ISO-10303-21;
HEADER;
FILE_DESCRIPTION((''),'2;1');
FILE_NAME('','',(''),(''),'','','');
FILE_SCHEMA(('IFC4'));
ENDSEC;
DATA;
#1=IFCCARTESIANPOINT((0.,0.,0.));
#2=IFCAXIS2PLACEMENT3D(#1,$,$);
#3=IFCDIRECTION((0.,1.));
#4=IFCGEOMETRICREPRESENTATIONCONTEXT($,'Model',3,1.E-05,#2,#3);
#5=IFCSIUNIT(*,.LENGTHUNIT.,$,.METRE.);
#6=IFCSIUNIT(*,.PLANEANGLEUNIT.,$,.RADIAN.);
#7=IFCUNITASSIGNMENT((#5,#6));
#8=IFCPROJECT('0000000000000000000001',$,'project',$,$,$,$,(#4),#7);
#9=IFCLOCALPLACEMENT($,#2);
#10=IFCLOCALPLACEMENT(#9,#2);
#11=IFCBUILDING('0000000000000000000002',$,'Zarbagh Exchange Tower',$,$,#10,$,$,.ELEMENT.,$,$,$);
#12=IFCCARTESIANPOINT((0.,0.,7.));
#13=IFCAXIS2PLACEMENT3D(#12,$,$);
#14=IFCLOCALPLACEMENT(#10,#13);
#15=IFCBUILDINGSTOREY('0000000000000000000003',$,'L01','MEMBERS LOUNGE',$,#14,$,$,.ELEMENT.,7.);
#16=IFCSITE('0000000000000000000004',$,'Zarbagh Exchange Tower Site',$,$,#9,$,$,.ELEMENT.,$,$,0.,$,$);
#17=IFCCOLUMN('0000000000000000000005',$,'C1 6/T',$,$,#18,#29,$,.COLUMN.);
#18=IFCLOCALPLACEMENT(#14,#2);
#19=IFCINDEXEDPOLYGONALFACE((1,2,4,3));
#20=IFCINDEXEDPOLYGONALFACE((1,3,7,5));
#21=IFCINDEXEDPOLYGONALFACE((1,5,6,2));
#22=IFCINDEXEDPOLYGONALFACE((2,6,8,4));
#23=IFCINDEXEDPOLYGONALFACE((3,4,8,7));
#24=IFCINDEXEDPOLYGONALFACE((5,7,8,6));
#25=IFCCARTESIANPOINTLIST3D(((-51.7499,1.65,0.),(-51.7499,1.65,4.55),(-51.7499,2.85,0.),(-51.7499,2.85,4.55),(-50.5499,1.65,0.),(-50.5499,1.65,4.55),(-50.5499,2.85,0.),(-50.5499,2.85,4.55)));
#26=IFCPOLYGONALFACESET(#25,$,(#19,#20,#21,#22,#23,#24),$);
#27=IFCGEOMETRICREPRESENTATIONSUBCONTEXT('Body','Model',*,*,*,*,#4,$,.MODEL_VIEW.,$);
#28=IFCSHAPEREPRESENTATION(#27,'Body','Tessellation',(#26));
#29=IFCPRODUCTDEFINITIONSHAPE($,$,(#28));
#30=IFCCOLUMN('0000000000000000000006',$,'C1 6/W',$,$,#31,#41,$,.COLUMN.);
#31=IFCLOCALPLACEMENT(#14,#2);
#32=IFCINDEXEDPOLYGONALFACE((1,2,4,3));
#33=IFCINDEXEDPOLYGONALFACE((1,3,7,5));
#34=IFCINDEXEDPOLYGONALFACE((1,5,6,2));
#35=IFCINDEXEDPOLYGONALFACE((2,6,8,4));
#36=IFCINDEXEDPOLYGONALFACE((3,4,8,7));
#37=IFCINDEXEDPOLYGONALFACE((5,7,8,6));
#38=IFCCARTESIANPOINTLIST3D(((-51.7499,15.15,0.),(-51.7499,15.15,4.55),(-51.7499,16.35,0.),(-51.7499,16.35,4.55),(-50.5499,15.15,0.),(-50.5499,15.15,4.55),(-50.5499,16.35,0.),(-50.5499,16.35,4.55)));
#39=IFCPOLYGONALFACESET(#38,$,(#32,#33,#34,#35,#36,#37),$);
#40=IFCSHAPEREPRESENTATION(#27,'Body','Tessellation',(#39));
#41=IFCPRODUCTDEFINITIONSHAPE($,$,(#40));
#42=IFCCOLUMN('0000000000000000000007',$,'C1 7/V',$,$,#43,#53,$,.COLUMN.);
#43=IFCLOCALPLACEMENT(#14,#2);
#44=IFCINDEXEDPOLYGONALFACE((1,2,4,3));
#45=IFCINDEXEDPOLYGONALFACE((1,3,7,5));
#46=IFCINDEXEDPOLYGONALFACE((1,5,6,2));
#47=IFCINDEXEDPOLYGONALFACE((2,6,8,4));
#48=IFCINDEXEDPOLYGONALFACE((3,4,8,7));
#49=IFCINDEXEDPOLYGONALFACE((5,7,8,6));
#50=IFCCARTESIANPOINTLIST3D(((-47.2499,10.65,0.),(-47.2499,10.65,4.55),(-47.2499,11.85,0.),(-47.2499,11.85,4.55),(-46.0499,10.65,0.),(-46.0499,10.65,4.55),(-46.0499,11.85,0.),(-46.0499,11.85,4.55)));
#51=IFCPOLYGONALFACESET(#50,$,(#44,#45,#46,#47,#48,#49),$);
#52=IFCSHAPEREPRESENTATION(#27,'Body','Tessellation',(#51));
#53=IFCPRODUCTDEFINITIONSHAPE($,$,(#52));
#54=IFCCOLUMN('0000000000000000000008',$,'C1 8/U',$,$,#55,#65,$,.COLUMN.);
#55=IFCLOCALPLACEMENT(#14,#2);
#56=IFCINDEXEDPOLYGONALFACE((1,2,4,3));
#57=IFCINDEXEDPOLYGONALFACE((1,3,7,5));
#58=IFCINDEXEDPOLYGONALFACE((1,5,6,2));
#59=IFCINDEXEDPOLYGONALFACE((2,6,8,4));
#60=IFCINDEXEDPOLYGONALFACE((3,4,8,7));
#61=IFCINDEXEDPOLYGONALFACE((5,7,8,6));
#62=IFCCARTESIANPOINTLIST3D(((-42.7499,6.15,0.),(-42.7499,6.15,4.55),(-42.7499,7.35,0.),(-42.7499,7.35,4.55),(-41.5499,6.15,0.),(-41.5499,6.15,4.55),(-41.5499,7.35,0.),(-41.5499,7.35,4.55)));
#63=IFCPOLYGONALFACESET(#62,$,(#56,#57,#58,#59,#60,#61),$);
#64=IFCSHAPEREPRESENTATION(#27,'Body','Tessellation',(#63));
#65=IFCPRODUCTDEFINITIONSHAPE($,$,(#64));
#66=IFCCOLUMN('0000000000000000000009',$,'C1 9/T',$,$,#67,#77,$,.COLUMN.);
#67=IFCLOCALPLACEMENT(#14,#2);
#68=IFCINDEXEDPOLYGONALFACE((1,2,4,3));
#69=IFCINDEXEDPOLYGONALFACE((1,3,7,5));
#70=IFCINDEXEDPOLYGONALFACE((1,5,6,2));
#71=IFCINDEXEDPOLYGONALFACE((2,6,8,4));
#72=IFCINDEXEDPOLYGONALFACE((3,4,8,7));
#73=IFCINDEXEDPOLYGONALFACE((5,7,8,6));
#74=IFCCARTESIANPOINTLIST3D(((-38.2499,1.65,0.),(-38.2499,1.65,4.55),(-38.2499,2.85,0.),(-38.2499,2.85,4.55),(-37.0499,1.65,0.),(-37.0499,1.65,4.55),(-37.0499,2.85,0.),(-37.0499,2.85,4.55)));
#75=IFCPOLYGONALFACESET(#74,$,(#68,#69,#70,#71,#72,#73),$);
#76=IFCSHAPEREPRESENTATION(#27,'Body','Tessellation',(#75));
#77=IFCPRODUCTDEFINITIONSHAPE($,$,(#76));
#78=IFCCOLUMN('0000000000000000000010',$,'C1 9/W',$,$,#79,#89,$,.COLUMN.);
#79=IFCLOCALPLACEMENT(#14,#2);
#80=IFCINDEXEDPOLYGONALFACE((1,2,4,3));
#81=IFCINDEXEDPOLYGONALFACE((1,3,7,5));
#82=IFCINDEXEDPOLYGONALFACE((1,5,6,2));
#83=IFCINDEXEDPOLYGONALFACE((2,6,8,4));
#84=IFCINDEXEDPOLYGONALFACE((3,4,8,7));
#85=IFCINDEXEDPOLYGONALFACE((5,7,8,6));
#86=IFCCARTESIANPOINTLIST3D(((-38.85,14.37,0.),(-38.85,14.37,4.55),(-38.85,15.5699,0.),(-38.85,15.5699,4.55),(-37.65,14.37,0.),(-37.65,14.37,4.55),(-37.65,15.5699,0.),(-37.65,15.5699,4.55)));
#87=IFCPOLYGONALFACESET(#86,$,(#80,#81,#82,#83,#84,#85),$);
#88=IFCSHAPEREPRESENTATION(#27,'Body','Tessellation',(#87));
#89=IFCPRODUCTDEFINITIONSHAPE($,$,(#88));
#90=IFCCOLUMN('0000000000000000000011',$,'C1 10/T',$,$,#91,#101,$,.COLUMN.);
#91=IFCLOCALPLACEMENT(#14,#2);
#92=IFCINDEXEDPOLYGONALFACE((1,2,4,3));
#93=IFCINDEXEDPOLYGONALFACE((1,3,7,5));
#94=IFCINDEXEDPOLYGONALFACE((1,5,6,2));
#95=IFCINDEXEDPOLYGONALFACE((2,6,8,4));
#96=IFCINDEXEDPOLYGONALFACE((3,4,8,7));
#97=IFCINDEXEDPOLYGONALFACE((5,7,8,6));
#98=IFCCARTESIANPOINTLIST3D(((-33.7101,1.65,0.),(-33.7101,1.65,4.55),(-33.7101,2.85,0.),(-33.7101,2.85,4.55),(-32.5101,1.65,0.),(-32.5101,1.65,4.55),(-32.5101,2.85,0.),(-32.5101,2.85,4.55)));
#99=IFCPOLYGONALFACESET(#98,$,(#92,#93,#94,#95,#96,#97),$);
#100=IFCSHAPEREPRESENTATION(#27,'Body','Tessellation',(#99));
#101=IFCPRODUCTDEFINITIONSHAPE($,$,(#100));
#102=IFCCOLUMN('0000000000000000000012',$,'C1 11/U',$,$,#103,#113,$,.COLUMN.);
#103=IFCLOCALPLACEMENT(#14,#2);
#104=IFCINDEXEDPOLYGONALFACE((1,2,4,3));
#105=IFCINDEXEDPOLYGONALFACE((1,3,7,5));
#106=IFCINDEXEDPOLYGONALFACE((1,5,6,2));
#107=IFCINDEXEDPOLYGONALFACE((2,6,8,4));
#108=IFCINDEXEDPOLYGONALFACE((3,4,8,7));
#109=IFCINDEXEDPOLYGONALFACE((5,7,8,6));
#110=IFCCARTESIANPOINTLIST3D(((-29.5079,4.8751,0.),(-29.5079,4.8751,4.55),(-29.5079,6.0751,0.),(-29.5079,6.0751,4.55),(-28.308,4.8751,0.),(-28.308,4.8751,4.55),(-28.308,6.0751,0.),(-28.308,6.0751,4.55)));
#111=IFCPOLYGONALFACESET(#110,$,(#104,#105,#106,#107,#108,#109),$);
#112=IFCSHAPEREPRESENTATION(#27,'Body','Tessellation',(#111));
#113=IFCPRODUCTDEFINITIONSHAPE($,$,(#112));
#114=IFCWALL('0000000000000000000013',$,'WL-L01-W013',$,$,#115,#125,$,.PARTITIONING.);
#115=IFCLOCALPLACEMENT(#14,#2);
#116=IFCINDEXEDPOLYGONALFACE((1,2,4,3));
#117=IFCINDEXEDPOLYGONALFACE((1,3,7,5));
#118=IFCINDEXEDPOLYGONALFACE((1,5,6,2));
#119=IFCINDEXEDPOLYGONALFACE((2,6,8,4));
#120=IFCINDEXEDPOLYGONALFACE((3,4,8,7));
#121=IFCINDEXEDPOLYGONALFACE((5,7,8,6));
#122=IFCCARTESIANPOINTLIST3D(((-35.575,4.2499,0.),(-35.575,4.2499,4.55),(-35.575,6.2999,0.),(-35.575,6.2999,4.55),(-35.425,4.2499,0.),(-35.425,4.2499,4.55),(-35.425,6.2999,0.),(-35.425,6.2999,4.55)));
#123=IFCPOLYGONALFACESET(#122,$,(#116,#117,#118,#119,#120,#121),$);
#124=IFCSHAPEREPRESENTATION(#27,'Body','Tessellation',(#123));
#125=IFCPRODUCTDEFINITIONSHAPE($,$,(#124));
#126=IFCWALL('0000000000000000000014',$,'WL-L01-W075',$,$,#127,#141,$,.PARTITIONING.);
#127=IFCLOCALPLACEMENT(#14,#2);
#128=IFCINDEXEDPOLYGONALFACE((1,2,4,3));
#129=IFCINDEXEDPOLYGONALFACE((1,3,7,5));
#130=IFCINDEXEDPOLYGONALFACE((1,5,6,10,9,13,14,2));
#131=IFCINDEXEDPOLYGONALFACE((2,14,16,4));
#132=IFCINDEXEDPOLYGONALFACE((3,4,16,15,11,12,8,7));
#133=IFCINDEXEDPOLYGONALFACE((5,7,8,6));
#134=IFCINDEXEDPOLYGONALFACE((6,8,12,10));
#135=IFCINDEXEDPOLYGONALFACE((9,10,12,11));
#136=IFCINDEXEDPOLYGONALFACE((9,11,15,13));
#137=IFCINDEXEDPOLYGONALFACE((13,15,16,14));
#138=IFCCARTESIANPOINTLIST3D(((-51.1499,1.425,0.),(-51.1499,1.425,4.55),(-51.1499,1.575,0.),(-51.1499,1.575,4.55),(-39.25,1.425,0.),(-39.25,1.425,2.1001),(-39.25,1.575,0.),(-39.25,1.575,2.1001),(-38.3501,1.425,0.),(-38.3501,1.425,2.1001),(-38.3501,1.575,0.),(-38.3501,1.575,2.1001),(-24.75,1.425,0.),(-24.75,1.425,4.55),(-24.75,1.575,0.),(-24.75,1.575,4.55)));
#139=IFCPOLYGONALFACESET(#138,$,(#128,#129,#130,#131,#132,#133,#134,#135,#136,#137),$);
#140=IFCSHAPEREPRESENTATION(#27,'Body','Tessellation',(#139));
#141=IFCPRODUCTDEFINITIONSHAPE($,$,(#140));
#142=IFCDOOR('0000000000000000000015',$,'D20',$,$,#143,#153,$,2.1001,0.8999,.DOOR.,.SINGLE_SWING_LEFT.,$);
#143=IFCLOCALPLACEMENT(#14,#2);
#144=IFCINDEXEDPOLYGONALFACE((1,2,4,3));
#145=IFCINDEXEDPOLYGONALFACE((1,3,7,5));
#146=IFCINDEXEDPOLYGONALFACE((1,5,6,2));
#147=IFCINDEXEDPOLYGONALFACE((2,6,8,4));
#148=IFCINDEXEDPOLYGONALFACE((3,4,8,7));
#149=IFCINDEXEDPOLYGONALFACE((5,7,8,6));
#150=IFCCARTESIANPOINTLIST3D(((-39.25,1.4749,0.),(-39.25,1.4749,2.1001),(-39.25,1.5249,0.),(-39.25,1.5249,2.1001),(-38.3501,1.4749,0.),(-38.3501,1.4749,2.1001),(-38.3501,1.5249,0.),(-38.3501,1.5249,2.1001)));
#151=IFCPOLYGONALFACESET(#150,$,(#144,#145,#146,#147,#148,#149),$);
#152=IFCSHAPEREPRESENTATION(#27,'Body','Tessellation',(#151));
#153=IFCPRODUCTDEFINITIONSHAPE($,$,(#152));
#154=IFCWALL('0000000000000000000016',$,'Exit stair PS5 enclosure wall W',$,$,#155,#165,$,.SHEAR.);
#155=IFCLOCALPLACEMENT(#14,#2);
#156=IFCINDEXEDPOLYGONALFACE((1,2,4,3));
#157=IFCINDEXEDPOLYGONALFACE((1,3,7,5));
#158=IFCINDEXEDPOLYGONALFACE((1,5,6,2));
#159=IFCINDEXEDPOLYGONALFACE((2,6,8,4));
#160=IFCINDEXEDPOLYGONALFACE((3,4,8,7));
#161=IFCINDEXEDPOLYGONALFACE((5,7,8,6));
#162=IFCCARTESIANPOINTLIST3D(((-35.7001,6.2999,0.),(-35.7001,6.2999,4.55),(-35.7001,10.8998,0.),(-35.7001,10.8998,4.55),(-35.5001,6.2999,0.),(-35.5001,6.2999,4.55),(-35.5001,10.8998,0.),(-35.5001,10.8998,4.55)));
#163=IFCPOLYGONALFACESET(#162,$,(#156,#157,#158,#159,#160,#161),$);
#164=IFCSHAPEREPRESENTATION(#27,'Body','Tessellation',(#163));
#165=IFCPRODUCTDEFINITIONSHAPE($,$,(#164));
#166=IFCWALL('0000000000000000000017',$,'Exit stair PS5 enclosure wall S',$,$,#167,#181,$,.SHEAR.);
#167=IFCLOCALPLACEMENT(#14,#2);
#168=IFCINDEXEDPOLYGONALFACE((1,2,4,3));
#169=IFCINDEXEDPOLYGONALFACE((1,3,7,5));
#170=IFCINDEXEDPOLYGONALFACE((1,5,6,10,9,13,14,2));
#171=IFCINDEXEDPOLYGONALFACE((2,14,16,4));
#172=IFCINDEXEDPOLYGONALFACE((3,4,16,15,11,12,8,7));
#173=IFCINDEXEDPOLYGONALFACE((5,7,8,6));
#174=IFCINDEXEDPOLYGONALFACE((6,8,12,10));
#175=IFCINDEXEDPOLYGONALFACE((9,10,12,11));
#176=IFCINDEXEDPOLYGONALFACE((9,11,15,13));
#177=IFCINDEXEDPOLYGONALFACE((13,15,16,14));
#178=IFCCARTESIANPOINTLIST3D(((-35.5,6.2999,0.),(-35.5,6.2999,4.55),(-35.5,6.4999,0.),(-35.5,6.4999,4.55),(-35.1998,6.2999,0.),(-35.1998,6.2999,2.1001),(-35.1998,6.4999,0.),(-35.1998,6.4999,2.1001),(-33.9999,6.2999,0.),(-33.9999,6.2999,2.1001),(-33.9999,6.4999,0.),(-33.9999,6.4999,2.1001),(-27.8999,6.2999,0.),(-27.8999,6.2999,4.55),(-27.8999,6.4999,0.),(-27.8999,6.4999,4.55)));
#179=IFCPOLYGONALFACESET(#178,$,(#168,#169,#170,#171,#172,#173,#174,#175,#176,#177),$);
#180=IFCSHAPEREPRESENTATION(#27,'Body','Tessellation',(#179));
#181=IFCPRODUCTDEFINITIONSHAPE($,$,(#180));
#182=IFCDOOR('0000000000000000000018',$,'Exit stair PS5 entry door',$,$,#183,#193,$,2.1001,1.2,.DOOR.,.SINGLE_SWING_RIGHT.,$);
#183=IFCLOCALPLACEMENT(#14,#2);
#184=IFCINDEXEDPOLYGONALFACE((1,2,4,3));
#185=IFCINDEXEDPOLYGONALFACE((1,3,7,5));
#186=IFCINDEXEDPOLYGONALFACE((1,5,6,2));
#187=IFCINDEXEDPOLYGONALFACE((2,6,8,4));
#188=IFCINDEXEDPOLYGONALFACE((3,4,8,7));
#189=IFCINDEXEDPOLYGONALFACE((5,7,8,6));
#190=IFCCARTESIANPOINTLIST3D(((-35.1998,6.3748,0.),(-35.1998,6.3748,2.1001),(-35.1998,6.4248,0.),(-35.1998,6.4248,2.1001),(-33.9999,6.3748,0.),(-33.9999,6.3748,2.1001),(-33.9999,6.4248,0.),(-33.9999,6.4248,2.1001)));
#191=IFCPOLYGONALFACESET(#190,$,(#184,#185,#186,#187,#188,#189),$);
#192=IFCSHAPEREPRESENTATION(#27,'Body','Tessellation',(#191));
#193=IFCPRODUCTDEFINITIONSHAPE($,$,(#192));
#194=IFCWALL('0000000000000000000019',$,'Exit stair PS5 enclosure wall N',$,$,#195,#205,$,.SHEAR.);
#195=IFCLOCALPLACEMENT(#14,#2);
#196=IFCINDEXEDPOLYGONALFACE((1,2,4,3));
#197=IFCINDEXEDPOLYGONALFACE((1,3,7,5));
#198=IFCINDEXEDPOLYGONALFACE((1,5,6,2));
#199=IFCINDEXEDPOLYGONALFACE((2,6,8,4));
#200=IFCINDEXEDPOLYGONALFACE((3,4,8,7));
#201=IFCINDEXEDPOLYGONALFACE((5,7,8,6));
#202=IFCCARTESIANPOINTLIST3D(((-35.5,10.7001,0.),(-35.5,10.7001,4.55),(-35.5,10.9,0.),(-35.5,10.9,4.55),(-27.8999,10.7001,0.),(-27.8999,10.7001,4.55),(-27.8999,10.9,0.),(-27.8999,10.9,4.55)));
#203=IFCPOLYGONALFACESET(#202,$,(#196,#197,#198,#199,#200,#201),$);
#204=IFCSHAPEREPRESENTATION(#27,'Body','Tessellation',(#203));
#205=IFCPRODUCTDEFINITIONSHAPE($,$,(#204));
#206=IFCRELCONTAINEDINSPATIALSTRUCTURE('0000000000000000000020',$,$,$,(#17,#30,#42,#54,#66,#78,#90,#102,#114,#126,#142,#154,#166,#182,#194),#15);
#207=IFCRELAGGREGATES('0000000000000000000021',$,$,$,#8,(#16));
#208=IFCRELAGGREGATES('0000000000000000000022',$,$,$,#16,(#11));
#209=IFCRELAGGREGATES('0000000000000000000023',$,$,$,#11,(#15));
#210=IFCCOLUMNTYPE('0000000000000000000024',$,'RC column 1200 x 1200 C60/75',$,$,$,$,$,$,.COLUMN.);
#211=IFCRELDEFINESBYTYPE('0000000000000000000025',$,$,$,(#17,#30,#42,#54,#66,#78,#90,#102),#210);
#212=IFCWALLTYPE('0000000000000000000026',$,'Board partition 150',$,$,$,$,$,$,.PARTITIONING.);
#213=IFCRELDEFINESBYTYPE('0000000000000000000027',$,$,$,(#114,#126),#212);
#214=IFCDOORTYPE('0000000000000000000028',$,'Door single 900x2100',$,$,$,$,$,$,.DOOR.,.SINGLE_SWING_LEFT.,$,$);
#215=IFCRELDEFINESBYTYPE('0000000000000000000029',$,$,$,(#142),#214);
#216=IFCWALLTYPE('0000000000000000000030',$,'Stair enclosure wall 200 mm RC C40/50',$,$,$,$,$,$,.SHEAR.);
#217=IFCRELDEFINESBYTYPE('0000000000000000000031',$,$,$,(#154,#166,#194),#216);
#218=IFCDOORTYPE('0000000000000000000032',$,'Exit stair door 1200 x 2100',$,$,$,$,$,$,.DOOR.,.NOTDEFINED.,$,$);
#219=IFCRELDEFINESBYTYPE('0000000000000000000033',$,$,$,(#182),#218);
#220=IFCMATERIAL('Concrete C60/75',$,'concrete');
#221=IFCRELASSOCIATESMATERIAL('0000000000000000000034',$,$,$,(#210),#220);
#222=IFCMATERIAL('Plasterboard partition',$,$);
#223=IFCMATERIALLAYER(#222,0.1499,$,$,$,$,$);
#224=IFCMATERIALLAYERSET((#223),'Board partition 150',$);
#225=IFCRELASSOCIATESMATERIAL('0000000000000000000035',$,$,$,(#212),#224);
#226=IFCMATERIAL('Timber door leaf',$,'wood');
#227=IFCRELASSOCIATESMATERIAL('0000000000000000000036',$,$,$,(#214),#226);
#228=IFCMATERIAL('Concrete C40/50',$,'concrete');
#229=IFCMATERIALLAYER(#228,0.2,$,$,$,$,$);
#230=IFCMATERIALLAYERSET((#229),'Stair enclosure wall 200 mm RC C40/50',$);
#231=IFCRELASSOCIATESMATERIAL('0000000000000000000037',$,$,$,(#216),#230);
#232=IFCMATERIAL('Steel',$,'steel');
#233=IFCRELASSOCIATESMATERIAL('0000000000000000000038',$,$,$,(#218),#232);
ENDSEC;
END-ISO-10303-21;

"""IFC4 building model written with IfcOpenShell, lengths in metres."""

from ifc_helpers import new_model, si_unit, direction, frame, frame_2d, origin, origin_2d, place, context, subcontext, project, spatial, rectangle, extrude, material, layer, layer_set, material_profile, profile_set, type_object, element, fill, save


model = new_model("IFC4")

# Units and contexts
model_context = context("Model", 3, precision=1e-05, world=origin(), true_north=direction((0.0, 1.0)))
body_context = subcontext(model_context, "Body", "Model", "MODEL_VIEW")
ifc_project = project(units=[si_unit("LENGTHUNIT", "METRE"), si_unit("PLANEANGLEUNIT", "RADIAN")], contexts=[model_context])

# Site, building, storey
site_placement = place(None, origin())
site = spatial("IfcSite", under=ifc_project, at=site_placement, Name="Zarbagh Exchange Tower Site", CompositionType="ELEMENT", RefElevation=0.0)
building_placement = place(site_placement, origin())
building = spatial("IfcBuilding", under=site, at=building_placement, Name="Zarbagh Exchange Tower", CompositionType="ELEMENT")
storey_placement = place(building_placement, frame((0.0, 0.0, 7.0)))
storey = spatial("IfcBuildingStorey", under=building, at=storey_placement, Name="L01", Description="MEMBERS LOUNGE", CompositionType="ELEMENT", Elevation=7.0)

# Columns
ifc_material_1 = material(Name="Concrete C60/75", Category="concrete")
ifc_material_profile = material_profile(ifc_material_1, rectangle(XDim=1.2, YDim=1.2, at=origin_2d()), Name="RC column 1200 x 1200 C60/75")
ifc_profile_set = profile_set([ifc_material_profile], Name="Concrete C60/75")
column_type = type_object("IfcColumnType", Name="RC column 1200 x 1200 C60/75", PredefinedType="COLUMN", material=ifc_profile_set)
for number, where, z_axis, x_axis, name in (
    (1, (-51.1499, 2.25, 0.0), (0.0, 0.0, 1.0), (1.0, 0.0, 0.0), "C1 6/T"),
    (2, (-51.1499, 15.75, 0.0), (0.0, 0.0, 1.0), (1.0, 0.0, 0.0), "C1 6/W"),
    (3, (-46.6499, 11.25, 0.0), (0.0, 0.0, 1.0), (1.0, 0.0, 0.0), "C1 7/V"),
    (4, (-42.1499, 6.75, 0.0), (0.0, 0.0, 1.0), (1.0, 0.0, 0.0), "C1 8/U"),
    (5, (-37.6499, 2.25, 0.0), (0.0, 0.0, 1.0), (1.0, 0.0, 0.0), "C1 9/T"),
    (6, (-38.25, 14.97, 0.0), (0.0, 0.0, 1.0), (1.0, 0.0, 0.0), "C1 9/W"),
    (7, (-33.1101, 2.25, 0.0), (0.0, 0.0, 1.0), (1.0, 0.0, 0.0), "C1 10/T"),
    (8, (-28.908, 5.4751, 0.0), (0.0, 0.0, 1.0), (1.0, 0.0, 0.0), "C1 11/U"),
):
    element("IfcColumn", number, at=place(storey_placement, frame(where, z_axis=z_axis, x_axis=x_axis)), inside=storey, type_object=column_type, Name=name, PredefinedType="COLUMN", context=body_context, shape_type="SweptSolid", body=[
        extrude(rectangle(XDim=1.2, YDim=1.2, at=origin_2d()), origin(), (0.0, 0.0, 1.0), 4.55),
    ])

# Wall
ifc_material_2 = material(Name="Plasterboard partition")
ifc_layer_1 = layer(ifc_material_2, 0.1499)
ifc_layer_set_1 = layer_set([ifc_layer_1], Name="Board partition 150")
wall_type_1 = type_object("IfcWallType", Name="Board partition 150", PredefinedType="PARTITIONING", material=ifc_layer_set_1)
wall_1_placement = place(storey_placement, frame((-35.5, 4.25, 0.0), z_axis=(0.0, 0.0, 1.0), x_axis=(0.0, 1.0, 0.0)))
element("IfcWall", 9, at=wall_1_placement, inside=storey, type_object=wall_type_1, Name="WL-L01-W013", PredefinedType="PARTITIONING", context=body_context, shape_type="SweptSolid", body=[
    extrude(rectangle(XDim=2.05, YDim=0.1499, at=frame_2d((1.0249, 0.0))), origin(), (0.0, 0.0, 1.0), 4.55),
])

# Wall, opening, door
wall_2_placement = place(storey_placement, frame((-51.1499, 1.5, 0.0), z_axis=(0.0, 0.0, 1.0), x_axis=(1.0, 0.0, 0.0)))
wall_2 = element("IfcWall", 10, at=wall_2_placement, inside=storey, type_object=wall_type_1, Name="WL-L01-W075", PredefinedType="PARTITIONING", context=body_context, shape_type="SweptSolid", body=[
    extrude(rectangle(XDim=26.3999, YDim=0.1499, at=frame_2d((13.2, 0.0))), origin(), (0.0, 0.0, 1.0), 4.55),
])
opening_1_placement = place(wall_2_placement, frame((11.8999, 0.0, 0.0)))
opening_1 = element("IfcOpeningElement", 11, at=opening_1_placement, cuts=wall_2, PredefinedType="OPENING", context=body_context, shape_type="SweptSolid", body=[
    extrude(rectangle(XDim=0.8999, YDim=2.1001, at=frame_2d((0.45, 1.05))), frame((0.0, 0.085, 0.0), z_axis=(0.0, -1.0, 0.0), x_axis=(1.0, 0.0, 0.0)), (0.0, 0.0, 1.0), 0.1699),
])
ifc_material_3 = material(Name="Timber door leaf", Category="wood")
door_type_1 = type_object("IfcDoorType", Name="Door single 900x2100", OperationType="SINGLE_SWING_LEFT", PredefinedType="DOOR", material=ifc_material_3)
door_1_placement = place(opening_1_placement, origin())
door_1 = element("IfcDoor", 12, at=door_1_placement, inside=storey, type_object=door_type_1, Name="D20", OperationType="SINGLE_SWING_LEFT", OverallHeight=2.1001, OverallWidth=0.8999, PredefinedType="DOOR", context=body_context, shape_type="SweptSolid", body=[
    extrude(rectangle(XDim=0.8999, YDim=2.1001, at=frame_2d((0.45, 1.05))), frame((0.0, 0.0249, 0.0), z_axis=(0.0, -1.0, 0.0), x_axis=(1.0, 0.0, 0.0)), (0.0, 0.0, 1.0), 0.05),
])
fill(opening_1, door_1)

# Wall
ifc_material_4 = material(Name="Concrete C40/50", Category="concrete")
ifc_layer_2 = layer(ifc_material_4, 0.2)
ifc_layer_set_2 = layer_set([ifc_layer_2], Name="Stair enclosure wall 200 mm RC C40/50")
wall_type_2 = type_object("IfcWallType", Name="Stair enclosure wall 200 mm RC C40/50", PredefinedType="SHEAR", material=ifc_layer_set_2)
wall_3_placement = place(storey_placement, frame((-35.6001, 6.3, 0.0), z_axis=(0.0, 0.0, 1.0), x_axis=(0.0, 1.0, 0.0)))
element("IfcWall", 13, at=wall_3_placement, inside=storey, type_object=wall_type_2, Name="Exit stair PS5 enclosure wall W", PredefinedType="SHEAR", context=body_context, shape_type="SweptSolid", body=[
    extrude(rectangle(XDim=4.5999, YDim=0.2, at=frame_2d((2.2998, 0.0))), origin(), (0.0, 0.0, 1.0), 4.55),
])

# Wall, opening, door
wall_4_placement = place(storey_placement, frame((-35.5, 6.3999, 0.0), z_axis=(0.0, 0.0, 1.0), x_axis=(1.0, 0.0, 0.0)))
wall_4 = element("IfcWall", 14, at=wall_4_placement, inside=storey, type_object=wall_type_2, Name="Exit stair PS5 enclosure wall S", PredefinedType="SHEAR", context=body_context, shape_type="SweptSolid", body=[
    extrude(rectangle(XDim=7.6001, YDim=0.2, at=frame_2d((3.8, 0.0))), origin(), (0.0, 0.0, 1.0), 4.55),
])
opening_2_placement = place(wall_4_placement, frame((0.3, 0.0, 0.0)))
opening_2 = element("IfcOpeningElement", 15, at=opening_2_placement, cuts=wall_4, PredefinedType="OPENING", context=body_context, shape_type="SweptSolid", body=[
    extrude(rectangle(XDim=1.2, YDim=2.1001, at=frame_2d((0.6001, 1.05))), frame((0.0, 0.1099, 0.0), z_axis=(0.0, -1.0, 0.0), x_axis=(1.0, 0.0, 0.0)), (0.0, 0.0, 1.0), 0.22),
])
ifc_material_5 = material(Name="Steel", Category="steel")
door_type_2 = type_object("IfcDoorType", Name="Exit stair door 1200 x 2100", OperationType="NOTDEFINED", PredefinedType="DOOR", material=ifc_material_5)
door_2_placement = place(opening_2_placement, origin())
door_2 = element("IfcDoor", 16, at=door_2_placement, inside=storey, type_object=door_type_2, Name="Exit stair PS5 entry door", OperationType="SINGLE_SWING_RIGHT", OverallHeight=2.1001, OverallWidth=1.2, PredefinedType="DOOR", context=body_context, shape_type="SweptSolid", body=[
    extrude(rectangle(XDim=1.2, YDim=2.1001, at=frame_2d((0.6001, 1.05))), frame((0.0, 0.0249, 0.0), z_axis=(0.0, -1.0, 0.0), x_axis=(1.0, 0.0, 0.0)), (0.0, 0.0, 1.0), 0.05),
])
fill(opening_2, door_2)

# Wall
wall_5_placement = place(storey_placement, frame((-35.5, 10.8, 0.0), z_axis=(0.0, 0.0, 1.0), x_axis=(1.0, 0.0, 0.0)))
element("IfcWall", 17, at=wall_5_placement, inside=storey, type_object=wall_type_2, Name="Exit stair PS5 enclosure wall N", PredefinedType="SHEAR", context=body_context, shape_type="SweptSolid", body=[
    extrude(rectangle(XDim=7.6001, YDim=0.2, at=frame_2d((3.8, 0.0))), origin(), (0.0, 0.0, 1.0), 4.55),
])

save(model, "model.ifc")
